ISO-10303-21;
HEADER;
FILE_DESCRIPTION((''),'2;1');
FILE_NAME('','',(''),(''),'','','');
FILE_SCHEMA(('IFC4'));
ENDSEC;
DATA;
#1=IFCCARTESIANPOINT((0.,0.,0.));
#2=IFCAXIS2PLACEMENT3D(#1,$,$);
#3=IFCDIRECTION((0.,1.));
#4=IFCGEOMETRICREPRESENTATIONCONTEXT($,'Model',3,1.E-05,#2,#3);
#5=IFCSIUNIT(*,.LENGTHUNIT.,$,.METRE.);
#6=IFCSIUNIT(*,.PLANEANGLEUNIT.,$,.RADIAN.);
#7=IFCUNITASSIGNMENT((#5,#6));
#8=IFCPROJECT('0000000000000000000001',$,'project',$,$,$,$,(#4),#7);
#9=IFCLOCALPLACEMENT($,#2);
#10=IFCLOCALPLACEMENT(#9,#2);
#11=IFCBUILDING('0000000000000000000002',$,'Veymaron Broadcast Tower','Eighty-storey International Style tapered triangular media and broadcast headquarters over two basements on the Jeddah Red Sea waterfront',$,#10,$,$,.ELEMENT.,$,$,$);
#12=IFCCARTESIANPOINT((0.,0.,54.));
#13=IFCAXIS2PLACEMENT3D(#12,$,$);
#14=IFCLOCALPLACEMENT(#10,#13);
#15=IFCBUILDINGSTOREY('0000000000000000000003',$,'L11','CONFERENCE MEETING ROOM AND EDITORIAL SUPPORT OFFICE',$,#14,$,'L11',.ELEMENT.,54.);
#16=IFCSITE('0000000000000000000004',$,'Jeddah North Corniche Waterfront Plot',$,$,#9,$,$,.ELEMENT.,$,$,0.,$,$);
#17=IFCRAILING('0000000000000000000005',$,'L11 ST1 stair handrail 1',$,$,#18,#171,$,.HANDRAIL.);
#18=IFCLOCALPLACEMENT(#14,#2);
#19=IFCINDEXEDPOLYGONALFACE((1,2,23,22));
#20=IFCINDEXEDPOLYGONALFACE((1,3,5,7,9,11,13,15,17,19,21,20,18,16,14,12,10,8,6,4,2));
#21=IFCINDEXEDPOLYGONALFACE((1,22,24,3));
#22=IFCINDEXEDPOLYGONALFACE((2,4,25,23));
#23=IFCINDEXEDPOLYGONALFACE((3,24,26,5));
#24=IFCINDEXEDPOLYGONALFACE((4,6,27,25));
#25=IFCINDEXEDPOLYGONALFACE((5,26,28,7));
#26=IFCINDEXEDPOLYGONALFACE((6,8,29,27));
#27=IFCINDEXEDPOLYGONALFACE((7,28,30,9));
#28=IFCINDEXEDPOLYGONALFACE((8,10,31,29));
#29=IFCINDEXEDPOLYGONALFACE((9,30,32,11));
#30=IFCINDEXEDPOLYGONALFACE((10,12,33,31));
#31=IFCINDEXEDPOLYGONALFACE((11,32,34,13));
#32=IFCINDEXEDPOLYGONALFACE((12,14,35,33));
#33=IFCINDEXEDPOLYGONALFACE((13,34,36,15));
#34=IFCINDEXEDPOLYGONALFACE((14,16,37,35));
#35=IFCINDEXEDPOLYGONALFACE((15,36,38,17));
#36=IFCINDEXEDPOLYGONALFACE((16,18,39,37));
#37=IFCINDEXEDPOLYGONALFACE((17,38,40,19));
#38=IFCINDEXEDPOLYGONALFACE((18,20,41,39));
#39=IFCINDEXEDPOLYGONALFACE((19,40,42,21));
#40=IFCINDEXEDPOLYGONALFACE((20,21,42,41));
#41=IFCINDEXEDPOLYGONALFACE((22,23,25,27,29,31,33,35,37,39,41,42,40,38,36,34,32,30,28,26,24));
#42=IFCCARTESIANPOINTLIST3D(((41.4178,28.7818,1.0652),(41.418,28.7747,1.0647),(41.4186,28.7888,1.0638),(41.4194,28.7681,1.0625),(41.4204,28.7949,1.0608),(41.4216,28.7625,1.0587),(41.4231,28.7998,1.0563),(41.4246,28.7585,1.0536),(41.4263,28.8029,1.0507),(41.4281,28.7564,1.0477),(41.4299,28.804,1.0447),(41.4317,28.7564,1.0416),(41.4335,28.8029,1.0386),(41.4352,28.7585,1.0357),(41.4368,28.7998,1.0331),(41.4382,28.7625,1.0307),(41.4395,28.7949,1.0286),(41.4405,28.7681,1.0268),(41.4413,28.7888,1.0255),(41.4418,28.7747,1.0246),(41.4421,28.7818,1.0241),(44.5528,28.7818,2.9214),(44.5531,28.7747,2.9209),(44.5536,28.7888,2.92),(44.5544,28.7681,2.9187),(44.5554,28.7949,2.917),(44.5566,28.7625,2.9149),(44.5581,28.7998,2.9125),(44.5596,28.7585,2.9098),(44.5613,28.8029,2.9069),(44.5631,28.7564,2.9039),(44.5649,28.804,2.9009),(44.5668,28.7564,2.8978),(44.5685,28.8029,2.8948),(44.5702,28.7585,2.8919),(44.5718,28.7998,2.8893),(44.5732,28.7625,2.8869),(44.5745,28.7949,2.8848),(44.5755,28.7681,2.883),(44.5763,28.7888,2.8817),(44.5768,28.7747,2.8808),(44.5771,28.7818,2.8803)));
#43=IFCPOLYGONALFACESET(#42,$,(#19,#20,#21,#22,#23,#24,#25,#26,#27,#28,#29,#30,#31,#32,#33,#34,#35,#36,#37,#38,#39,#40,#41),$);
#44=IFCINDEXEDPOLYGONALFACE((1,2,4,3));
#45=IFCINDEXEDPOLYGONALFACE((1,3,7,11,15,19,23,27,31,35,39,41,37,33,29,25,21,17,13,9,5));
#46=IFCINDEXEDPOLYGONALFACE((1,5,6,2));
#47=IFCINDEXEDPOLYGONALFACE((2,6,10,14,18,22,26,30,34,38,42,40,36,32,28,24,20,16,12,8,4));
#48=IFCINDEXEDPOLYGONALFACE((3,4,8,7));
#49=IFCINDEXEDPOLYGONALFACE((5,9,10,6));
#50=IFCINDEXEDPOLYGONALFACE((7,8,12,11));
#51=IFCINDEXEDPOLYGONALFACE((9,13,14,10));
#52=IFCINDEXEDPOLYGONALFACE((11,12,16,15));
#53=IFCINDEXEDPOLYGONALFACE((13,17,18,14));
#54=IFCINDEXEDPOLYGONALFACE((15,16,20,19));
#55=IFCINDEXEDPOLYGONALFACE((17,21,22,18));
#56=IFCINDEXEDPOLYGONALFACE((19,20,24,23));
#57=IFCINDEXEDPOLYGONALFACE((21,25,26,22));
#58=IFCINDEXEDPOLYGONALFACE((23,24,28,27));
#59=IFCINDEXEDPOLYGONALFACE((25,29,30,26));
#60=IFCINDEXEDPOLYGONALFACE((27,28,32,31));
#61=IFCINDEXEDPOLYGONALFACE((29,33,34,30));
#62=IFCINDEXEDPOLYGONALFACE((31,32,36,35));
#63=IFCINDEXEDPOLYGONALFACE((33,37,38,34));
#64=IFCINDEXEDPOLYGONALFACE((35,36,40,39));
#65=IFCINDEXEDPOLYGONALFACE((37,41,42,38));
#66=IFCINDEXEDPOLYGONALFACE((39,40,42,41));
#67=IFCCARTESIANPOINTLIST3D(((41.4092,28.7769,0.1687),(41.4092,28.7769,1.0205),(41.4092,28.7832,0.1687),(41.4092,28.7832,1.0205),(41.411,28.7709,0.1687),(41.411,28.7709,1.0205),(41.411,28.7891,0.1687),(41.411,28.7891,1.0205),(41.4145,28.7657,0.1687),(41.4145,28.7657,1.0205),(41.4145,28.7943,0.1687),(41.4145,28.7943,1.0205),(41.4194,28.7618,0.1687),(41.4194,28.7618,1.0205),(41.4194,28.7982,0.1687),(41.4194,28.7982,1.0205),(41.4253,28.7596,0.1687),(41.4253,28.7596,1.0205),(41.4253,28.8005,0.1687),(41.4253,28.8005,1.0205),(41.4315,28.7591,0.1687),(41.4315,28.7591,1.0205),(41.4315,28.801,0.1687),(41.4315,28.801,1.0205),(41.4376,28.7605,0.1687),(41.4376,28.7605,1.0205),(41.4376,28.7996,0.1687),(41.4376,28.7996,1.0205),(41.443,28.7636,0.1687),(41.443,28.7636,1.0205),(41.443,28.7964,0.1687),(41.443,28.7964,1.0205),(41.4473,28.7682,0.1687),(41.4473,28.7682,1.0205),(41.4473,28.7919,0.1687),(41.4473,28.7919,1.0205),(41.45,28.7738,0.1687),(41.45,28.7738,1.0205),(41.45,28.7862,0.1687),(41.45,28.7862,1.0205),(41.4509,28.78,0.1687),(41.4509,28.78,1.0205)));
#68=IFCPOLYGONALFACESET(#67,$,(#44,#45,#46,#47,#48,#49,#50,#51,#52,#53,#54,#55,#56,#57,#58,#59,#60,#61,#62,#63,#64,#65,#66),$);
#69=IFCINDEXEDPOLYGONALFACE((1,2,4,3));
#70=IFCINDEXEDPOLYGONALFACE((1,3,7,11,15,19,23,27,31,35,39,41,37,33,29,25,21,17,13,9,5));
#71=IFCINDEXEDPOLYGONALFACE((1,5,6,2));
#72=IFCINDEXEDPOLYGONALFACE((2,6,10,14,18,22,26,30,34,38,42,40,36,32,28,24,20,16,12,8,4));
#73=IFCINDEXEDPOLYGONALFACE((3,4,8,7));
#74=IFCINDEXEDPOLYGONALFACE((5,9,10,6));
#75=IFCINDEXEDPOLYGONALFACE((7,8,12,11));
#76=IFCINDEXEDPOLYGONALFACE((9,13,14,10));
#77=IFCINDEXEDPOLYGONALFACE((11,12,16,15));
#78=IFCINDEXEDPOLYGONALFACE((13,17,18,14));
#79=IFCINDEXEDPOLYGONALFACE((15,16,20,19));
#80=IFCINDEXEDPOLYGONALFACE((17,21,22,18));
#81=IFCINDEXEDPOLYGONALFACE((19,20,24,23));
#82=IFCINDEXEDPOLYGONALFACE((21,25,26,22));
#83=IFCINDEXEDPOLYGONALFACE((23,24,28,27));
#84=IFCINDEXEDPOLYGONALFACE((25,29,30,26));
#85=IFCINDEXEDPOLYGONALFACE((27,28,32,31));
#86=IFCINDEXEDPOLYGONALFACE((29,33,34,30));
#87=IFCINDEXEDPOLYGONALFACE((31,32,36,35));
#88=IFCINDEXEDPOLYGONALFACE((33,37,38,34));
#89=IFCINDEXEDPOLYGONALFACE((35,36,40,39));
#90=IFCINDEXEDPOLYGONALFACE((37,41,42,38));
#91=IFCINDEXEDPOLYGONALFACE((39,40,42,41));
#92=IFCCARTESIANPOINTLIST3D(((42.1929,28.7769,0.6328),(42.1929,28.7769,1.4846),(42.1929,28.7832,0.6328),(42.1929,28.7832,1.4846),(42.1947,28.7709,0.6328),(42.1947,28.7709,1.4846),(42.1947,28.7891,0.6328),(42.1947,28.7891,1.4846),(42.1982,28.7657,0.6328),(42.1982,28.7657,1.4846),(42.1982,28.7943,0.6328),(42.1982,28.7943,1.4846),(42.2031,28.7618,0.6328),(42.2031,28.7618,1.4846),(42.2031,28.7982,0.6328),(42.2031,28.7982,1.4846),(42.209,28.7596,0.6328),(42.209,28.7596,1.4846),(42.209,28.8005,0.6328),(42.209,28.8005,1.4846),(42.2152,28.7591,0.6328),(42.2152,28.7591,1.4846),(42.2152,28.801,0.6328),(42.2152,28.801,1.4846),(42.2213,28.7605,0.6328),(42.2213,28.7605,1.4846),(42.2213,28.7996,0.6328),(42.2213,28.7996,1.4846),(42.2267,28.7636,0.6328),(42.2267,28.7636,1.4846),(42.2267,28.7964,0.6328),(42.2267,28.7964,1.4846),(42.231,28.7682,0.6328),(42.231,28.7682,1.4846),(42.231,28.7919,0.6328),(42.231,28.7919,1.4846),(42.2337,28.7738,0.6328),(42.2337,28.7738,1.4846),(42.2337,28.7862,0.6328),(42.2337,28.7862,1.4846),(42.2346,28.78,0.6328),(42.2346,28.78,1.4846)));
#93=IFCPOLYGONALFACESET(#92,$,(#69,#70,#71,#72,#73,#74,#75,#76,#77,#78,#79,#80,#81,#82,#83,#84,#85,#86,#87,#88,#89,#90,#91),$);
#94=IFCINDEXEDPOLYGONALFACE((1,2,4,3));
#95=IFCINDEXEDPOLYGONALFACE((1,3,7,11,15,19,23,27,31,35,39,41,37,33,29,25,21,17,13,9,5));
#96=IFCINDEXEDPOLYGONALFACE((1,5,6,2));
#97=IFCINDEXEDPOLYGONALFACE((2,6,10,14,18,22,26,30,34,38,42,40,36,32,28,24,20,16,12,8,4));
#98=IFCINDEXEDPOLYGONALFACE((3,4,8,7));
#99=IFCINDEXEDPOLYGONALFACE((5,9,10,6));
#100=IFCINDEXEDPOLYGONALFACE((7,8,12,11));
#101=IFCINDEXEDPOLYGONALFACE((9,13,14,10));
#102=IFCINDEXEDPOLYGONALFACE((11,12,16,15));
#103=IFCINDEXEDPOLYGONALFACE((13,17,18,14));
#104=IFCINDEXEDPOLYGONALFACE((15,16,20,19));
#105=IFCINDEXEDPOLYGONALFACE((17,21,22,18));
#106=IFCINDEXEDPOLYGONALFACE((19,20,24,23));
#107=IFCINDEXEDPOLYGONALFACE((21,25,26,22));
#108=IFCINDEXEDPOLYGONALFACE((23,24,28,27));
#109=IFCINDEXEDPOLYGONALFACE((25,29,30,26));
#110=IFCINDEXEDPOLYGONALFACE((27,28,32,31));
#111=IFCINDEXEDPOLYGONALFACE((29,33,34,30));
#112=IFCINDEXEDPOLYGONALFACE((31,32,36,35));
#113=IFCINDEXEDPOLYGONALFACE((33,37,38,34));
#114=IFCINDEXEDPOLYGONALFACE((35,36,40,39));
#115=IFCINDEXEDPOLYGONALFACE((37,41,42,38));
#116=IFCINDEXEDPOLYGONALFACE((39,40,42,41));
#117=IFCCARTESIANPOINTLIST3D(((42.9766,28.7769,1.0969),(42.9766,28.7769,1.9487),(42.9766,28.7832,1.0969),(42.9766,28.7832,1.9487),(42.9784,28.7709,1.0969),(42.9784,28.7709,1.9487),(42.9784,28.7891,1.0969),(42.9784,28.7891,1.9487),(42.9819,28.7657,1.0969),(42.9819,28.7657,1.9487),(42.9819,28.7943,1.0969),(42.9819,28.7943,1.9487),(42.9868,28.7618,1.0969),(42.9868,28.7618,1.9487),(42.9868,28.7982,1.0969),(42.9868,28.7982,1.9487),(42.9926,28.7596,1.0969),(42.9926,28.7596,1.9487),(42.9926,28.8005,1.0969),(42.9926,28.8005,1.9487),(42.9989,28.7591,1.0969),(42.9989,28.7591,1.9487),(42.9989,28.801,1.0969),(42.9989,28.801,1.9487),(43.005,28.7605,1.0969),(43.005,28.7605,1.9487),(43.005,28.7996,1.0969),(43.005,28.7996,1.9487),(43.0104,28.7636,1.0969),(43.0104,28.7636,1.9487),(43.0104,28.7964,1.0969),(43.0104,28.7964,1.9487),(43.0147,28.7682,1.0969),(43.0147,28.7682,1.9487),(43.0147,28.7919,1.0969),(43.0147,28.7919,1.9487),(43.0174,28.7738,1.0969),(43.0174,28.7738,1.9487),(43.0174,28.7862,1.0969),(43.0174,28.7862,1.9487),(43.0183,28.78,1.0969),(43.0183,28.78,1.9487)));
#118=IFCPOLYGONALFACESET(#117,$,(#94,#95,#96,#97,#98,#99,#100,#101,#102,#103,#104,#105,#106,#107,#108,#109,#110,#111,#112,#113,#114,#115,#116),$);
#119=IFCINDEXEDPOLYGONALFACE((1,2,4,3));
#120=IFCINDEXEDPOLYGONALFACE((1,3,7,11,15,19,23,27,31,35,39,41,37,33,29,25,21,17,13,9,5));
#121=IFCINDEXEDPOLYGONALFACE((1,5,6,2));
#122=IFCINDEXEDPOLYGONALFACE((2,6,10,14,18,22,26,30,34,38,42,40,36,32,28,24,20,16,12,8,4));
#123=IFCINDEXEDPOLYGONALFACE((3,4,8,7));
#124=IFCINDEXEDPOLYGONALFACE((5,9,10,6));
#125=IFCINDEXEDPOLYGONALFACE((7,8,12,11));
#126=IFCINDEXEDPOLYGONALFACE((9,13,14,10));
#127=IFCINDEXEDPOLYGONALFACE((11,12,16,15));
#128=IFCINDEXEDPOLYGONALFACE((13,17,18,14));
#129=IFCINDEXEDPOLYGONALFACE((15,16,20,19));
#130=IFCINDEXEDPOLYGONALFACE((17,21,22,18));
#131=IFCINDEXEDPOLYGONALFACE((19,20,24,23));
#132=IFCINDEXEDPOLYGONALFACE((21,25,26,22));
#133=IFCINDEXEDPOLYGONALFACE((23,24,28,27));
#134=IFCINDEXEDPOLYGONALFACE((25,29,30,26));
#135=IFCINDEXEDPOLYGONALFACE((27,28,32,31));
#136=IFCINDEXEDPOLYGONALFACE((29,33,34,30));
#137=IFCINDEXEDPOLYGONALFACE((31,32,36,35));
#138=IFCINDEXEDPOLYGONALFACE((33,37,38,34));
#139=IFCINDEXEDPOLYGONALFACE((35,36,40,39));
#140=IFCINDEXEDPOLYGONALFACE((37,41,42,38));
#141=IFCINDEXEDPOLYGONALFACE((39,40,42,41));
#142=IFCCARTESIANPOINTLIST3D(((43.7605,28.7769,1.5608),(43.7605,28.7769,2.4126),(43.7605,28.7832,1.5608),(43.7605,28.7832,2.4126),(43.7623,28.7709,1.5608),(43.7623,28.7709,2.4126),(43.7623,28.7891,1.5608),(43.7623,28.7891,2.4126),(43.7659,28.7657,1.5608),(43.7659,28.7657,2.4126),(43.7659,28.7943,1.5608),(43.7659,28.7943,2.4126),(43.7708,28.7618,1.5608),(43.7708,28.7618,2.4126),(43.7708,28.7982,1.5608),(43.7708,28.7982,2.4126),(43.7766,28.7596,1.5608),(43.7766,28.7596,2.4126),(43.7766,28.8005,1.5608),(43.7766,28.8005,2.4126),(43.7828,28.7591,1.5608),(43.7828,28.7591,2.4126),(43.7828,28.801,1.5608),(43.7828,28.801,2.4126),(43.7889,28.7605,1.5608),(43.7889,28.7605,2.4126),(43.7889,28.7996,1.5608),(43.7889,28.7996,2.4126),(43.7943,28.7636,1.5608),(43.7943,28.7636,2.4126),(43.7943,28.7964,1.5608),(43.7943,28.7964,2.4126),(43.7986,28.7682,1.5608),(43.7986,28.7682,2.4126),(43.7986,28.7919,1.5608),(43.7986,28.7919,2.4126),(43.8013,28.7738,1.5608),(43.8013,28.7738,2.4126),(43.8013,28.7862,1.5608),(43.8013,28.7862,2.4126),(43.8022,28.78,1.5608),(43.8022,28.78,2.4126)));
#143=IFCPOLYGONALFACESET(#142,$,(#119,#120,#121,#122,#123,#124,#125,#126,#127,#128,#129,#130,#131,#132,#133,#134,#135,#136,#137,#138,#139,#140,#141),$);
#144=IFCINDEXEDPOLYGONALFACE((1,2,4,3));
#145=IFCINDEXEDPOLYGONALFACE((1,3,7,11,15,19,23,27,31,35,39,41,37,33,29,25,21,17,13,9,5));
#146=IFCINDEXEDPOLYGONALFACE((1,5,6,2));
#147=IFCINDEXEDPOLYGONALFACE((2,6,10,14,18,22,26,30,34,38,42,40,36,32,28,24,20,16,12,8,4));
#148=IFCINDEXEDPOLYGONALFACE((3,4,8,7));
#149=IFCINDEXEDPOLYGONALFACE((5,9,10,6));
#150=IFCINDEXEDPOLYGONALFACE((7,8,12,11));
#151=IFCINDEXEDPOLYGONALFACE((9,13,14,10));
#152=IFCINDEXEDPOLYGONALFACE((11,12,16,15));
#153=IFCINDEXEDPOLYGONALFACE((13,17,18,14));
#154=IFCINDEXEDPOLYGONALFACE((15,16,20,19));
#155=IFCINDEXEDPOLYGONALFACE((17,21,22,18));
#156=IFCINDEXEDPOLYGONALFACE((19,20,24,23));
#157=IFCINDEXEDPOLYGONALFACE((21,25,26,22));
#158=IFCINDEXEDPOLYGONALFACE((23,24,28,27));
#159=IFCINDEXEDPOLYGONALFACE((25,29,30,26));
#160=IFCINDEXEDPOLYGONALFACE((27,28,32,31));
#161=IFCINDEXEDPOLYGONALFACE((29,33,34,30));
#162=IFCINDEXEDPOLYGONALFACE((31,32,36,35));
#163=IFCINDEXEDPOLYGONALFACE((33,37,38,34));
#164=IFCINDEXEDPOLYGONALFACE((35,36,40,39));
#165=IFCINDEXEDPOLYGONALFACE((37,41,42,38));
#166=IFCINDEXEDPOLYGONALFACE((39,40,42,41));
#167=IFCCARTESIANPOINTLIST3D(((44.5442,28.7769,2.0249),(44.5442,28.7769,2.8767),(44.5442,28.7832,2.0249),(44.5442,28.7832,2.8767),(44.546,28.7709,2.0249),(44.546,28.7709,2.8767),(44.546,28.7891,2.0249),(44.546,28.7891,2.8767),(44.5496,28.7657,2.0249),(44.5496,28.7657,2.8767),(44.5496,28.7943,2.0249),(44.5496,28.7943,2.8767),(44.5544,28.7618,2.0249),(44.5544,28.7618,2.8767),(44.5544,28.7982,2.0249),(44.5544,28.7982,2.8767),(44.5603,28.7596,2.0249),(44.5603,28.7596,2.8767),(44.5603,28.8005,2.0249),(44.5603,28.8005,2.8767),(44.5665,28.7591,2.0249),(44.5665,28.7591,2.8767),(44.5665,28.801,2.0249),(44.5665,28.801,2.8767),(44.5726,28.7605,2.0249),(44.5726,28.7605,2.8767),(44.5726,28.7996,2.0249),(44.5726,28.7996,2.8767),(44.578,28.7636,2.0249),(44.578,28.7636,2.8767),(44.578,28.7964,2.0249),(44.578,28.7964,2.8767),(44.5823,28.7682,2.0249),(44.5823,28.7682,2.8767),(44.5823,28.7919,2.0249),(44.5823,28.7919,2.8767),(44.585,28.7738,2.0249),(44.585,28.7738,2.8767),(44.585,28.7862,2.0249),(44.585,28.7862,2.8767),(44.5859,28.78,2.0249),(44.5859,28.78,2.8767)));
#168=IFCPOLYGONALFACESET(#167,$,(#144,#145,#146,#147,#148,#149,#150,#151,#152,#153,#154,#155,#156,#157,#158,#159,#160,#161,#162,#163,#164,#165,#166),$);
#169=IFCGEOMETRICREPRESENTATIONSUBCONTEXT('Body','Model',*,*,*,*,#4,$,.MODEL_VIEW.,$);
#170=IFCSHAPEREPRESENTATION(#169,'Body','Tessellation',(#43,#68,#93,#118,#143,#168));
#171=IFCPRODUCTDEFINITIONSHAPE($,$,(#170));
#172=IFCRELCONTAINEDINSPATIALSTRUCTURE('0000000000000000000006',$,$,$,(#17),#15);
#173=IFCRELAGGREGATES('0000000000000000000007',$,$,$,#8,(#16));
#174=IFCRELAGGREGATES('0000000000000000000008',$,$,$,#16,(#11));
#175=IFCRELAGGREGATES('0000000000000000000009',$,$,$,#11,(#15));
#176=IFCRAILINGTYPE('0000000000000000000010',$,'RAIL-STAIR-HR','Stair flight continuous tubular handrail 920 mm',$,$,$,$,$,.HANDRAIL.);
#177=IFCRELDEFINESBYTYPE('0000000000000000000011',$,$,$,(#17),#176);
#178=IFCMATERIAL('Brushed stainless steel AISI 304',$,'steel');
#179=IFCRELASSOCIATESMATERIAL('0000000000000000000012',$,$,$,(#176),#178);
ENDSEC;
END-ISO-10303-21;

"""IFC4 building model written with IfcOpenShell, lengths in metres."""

from ifc_helpers import new_model, si_unit, direction, frame, origin, origin_2d, place, context, subcontext, project, spatial, circle, extrude, material, type_object, element, save


model = new_model("IFC4")

# Units and contexts
model_context = context("Model", 3, precision=1e-05, world=origin(), true_north=direction((0.0, 1.0)))
body_context = subcontext(model_context, "Body", "Model", "MODEL_VIEW")
ifc_project = project(units=[si_unit("LENGTHUNIT", "METRE"), si_unit("PLANEANGLEUNIT", "RADIAN")], contexts=[model_context])

# Site, building, storey
site_placement = place(None, origin())
site = spatial("IfcSite", under=ifc_project, at=site_placement, Name="Jeddah North Corniche Waterfront Plot", CompositionType="ELEMENT", RefElevation=0.0)
building_placement = place(site_placement, origin())
building = spatial("IfcBuilding", under=site, at=building_placement, Name="Veymaron Broadcast Tower", Description="Eighty-storey International Style tapered triangular media and broadcast headquarters over two basements on the Jeddah Red Sea waterfront", CompositionType="ELEMENT")
storey_placement = place(building_placement, frame((0.0, 0.0, 54.0)))
storey = spatial("IfcBuildingStorey", under=building, at=storey_placement, Name="L11", Description="CONFERENCE MEETING ROOM AND EDITORIAL SUPPORT OFFICE", LongName="L11", CompositionType="ELEMENT", Elevation=54.0)

# Railing
ifc_material_1 = material(Name="Brushed stainless steel AISI 304", Category="steel")
railing_type_1 = type_object("IfcRailingType", Name="RAIL-STAIR-HR", Description="Stair flight continuous tubular handrail 920 mm", PredefinedType="HANDRAIL", material=ifc_material_1)
railing_1_placement = place(storey_placement, frame((41.4299, 28.78, 0.1687)))
element("IfcRailing", 1, at=railing_1_placement, inside=storey, type_object=railing_type_1, Name="L11 ST1 stair handrail 1", PredefinedType="HANDRAIL", context=body_context, shape_type="SweptSolid", body=[
    extrude(circle(Radius=0.0239, at=origin_2d()), frame((0.0, 0.0, 0.876), z_axis=(0.860482, 0.0, 0.509481), x_axis=(0.0, 1.0, 0.0)), (0.0, 0.0, 1.0), 3.6433),
    extrude(circle(Radius=0.021, at=origin_2d()), origin(), (0.0, 0.0, 1.0), 0.8518),
    extrude(circle(Radius=0.021, at=origin_2d()), frame((0.7837, 0.0, 0.4641)), (0.0, 0.0, 1.0), 0.8518),
    extrude(circle(Radius=0.021, at=origin_2d()), frame((1.5674, 0.0, 0.9282)), (0.0, 0.0, 1.0), 0.8518),
    extrude(circle(Radius=0.021, at=origin_2d()), frame((2.3513, 0.0, 1.3921)), (0.0, 0.0, 1.0), 0.8518),
    extrude(circle(Radius=0.021, at=origin_2d()), frame((3.135, 0.0, 1.8562)), (0.0, 0.0, 1.0), 0.8518),
])

save(model, "model.ifc")
